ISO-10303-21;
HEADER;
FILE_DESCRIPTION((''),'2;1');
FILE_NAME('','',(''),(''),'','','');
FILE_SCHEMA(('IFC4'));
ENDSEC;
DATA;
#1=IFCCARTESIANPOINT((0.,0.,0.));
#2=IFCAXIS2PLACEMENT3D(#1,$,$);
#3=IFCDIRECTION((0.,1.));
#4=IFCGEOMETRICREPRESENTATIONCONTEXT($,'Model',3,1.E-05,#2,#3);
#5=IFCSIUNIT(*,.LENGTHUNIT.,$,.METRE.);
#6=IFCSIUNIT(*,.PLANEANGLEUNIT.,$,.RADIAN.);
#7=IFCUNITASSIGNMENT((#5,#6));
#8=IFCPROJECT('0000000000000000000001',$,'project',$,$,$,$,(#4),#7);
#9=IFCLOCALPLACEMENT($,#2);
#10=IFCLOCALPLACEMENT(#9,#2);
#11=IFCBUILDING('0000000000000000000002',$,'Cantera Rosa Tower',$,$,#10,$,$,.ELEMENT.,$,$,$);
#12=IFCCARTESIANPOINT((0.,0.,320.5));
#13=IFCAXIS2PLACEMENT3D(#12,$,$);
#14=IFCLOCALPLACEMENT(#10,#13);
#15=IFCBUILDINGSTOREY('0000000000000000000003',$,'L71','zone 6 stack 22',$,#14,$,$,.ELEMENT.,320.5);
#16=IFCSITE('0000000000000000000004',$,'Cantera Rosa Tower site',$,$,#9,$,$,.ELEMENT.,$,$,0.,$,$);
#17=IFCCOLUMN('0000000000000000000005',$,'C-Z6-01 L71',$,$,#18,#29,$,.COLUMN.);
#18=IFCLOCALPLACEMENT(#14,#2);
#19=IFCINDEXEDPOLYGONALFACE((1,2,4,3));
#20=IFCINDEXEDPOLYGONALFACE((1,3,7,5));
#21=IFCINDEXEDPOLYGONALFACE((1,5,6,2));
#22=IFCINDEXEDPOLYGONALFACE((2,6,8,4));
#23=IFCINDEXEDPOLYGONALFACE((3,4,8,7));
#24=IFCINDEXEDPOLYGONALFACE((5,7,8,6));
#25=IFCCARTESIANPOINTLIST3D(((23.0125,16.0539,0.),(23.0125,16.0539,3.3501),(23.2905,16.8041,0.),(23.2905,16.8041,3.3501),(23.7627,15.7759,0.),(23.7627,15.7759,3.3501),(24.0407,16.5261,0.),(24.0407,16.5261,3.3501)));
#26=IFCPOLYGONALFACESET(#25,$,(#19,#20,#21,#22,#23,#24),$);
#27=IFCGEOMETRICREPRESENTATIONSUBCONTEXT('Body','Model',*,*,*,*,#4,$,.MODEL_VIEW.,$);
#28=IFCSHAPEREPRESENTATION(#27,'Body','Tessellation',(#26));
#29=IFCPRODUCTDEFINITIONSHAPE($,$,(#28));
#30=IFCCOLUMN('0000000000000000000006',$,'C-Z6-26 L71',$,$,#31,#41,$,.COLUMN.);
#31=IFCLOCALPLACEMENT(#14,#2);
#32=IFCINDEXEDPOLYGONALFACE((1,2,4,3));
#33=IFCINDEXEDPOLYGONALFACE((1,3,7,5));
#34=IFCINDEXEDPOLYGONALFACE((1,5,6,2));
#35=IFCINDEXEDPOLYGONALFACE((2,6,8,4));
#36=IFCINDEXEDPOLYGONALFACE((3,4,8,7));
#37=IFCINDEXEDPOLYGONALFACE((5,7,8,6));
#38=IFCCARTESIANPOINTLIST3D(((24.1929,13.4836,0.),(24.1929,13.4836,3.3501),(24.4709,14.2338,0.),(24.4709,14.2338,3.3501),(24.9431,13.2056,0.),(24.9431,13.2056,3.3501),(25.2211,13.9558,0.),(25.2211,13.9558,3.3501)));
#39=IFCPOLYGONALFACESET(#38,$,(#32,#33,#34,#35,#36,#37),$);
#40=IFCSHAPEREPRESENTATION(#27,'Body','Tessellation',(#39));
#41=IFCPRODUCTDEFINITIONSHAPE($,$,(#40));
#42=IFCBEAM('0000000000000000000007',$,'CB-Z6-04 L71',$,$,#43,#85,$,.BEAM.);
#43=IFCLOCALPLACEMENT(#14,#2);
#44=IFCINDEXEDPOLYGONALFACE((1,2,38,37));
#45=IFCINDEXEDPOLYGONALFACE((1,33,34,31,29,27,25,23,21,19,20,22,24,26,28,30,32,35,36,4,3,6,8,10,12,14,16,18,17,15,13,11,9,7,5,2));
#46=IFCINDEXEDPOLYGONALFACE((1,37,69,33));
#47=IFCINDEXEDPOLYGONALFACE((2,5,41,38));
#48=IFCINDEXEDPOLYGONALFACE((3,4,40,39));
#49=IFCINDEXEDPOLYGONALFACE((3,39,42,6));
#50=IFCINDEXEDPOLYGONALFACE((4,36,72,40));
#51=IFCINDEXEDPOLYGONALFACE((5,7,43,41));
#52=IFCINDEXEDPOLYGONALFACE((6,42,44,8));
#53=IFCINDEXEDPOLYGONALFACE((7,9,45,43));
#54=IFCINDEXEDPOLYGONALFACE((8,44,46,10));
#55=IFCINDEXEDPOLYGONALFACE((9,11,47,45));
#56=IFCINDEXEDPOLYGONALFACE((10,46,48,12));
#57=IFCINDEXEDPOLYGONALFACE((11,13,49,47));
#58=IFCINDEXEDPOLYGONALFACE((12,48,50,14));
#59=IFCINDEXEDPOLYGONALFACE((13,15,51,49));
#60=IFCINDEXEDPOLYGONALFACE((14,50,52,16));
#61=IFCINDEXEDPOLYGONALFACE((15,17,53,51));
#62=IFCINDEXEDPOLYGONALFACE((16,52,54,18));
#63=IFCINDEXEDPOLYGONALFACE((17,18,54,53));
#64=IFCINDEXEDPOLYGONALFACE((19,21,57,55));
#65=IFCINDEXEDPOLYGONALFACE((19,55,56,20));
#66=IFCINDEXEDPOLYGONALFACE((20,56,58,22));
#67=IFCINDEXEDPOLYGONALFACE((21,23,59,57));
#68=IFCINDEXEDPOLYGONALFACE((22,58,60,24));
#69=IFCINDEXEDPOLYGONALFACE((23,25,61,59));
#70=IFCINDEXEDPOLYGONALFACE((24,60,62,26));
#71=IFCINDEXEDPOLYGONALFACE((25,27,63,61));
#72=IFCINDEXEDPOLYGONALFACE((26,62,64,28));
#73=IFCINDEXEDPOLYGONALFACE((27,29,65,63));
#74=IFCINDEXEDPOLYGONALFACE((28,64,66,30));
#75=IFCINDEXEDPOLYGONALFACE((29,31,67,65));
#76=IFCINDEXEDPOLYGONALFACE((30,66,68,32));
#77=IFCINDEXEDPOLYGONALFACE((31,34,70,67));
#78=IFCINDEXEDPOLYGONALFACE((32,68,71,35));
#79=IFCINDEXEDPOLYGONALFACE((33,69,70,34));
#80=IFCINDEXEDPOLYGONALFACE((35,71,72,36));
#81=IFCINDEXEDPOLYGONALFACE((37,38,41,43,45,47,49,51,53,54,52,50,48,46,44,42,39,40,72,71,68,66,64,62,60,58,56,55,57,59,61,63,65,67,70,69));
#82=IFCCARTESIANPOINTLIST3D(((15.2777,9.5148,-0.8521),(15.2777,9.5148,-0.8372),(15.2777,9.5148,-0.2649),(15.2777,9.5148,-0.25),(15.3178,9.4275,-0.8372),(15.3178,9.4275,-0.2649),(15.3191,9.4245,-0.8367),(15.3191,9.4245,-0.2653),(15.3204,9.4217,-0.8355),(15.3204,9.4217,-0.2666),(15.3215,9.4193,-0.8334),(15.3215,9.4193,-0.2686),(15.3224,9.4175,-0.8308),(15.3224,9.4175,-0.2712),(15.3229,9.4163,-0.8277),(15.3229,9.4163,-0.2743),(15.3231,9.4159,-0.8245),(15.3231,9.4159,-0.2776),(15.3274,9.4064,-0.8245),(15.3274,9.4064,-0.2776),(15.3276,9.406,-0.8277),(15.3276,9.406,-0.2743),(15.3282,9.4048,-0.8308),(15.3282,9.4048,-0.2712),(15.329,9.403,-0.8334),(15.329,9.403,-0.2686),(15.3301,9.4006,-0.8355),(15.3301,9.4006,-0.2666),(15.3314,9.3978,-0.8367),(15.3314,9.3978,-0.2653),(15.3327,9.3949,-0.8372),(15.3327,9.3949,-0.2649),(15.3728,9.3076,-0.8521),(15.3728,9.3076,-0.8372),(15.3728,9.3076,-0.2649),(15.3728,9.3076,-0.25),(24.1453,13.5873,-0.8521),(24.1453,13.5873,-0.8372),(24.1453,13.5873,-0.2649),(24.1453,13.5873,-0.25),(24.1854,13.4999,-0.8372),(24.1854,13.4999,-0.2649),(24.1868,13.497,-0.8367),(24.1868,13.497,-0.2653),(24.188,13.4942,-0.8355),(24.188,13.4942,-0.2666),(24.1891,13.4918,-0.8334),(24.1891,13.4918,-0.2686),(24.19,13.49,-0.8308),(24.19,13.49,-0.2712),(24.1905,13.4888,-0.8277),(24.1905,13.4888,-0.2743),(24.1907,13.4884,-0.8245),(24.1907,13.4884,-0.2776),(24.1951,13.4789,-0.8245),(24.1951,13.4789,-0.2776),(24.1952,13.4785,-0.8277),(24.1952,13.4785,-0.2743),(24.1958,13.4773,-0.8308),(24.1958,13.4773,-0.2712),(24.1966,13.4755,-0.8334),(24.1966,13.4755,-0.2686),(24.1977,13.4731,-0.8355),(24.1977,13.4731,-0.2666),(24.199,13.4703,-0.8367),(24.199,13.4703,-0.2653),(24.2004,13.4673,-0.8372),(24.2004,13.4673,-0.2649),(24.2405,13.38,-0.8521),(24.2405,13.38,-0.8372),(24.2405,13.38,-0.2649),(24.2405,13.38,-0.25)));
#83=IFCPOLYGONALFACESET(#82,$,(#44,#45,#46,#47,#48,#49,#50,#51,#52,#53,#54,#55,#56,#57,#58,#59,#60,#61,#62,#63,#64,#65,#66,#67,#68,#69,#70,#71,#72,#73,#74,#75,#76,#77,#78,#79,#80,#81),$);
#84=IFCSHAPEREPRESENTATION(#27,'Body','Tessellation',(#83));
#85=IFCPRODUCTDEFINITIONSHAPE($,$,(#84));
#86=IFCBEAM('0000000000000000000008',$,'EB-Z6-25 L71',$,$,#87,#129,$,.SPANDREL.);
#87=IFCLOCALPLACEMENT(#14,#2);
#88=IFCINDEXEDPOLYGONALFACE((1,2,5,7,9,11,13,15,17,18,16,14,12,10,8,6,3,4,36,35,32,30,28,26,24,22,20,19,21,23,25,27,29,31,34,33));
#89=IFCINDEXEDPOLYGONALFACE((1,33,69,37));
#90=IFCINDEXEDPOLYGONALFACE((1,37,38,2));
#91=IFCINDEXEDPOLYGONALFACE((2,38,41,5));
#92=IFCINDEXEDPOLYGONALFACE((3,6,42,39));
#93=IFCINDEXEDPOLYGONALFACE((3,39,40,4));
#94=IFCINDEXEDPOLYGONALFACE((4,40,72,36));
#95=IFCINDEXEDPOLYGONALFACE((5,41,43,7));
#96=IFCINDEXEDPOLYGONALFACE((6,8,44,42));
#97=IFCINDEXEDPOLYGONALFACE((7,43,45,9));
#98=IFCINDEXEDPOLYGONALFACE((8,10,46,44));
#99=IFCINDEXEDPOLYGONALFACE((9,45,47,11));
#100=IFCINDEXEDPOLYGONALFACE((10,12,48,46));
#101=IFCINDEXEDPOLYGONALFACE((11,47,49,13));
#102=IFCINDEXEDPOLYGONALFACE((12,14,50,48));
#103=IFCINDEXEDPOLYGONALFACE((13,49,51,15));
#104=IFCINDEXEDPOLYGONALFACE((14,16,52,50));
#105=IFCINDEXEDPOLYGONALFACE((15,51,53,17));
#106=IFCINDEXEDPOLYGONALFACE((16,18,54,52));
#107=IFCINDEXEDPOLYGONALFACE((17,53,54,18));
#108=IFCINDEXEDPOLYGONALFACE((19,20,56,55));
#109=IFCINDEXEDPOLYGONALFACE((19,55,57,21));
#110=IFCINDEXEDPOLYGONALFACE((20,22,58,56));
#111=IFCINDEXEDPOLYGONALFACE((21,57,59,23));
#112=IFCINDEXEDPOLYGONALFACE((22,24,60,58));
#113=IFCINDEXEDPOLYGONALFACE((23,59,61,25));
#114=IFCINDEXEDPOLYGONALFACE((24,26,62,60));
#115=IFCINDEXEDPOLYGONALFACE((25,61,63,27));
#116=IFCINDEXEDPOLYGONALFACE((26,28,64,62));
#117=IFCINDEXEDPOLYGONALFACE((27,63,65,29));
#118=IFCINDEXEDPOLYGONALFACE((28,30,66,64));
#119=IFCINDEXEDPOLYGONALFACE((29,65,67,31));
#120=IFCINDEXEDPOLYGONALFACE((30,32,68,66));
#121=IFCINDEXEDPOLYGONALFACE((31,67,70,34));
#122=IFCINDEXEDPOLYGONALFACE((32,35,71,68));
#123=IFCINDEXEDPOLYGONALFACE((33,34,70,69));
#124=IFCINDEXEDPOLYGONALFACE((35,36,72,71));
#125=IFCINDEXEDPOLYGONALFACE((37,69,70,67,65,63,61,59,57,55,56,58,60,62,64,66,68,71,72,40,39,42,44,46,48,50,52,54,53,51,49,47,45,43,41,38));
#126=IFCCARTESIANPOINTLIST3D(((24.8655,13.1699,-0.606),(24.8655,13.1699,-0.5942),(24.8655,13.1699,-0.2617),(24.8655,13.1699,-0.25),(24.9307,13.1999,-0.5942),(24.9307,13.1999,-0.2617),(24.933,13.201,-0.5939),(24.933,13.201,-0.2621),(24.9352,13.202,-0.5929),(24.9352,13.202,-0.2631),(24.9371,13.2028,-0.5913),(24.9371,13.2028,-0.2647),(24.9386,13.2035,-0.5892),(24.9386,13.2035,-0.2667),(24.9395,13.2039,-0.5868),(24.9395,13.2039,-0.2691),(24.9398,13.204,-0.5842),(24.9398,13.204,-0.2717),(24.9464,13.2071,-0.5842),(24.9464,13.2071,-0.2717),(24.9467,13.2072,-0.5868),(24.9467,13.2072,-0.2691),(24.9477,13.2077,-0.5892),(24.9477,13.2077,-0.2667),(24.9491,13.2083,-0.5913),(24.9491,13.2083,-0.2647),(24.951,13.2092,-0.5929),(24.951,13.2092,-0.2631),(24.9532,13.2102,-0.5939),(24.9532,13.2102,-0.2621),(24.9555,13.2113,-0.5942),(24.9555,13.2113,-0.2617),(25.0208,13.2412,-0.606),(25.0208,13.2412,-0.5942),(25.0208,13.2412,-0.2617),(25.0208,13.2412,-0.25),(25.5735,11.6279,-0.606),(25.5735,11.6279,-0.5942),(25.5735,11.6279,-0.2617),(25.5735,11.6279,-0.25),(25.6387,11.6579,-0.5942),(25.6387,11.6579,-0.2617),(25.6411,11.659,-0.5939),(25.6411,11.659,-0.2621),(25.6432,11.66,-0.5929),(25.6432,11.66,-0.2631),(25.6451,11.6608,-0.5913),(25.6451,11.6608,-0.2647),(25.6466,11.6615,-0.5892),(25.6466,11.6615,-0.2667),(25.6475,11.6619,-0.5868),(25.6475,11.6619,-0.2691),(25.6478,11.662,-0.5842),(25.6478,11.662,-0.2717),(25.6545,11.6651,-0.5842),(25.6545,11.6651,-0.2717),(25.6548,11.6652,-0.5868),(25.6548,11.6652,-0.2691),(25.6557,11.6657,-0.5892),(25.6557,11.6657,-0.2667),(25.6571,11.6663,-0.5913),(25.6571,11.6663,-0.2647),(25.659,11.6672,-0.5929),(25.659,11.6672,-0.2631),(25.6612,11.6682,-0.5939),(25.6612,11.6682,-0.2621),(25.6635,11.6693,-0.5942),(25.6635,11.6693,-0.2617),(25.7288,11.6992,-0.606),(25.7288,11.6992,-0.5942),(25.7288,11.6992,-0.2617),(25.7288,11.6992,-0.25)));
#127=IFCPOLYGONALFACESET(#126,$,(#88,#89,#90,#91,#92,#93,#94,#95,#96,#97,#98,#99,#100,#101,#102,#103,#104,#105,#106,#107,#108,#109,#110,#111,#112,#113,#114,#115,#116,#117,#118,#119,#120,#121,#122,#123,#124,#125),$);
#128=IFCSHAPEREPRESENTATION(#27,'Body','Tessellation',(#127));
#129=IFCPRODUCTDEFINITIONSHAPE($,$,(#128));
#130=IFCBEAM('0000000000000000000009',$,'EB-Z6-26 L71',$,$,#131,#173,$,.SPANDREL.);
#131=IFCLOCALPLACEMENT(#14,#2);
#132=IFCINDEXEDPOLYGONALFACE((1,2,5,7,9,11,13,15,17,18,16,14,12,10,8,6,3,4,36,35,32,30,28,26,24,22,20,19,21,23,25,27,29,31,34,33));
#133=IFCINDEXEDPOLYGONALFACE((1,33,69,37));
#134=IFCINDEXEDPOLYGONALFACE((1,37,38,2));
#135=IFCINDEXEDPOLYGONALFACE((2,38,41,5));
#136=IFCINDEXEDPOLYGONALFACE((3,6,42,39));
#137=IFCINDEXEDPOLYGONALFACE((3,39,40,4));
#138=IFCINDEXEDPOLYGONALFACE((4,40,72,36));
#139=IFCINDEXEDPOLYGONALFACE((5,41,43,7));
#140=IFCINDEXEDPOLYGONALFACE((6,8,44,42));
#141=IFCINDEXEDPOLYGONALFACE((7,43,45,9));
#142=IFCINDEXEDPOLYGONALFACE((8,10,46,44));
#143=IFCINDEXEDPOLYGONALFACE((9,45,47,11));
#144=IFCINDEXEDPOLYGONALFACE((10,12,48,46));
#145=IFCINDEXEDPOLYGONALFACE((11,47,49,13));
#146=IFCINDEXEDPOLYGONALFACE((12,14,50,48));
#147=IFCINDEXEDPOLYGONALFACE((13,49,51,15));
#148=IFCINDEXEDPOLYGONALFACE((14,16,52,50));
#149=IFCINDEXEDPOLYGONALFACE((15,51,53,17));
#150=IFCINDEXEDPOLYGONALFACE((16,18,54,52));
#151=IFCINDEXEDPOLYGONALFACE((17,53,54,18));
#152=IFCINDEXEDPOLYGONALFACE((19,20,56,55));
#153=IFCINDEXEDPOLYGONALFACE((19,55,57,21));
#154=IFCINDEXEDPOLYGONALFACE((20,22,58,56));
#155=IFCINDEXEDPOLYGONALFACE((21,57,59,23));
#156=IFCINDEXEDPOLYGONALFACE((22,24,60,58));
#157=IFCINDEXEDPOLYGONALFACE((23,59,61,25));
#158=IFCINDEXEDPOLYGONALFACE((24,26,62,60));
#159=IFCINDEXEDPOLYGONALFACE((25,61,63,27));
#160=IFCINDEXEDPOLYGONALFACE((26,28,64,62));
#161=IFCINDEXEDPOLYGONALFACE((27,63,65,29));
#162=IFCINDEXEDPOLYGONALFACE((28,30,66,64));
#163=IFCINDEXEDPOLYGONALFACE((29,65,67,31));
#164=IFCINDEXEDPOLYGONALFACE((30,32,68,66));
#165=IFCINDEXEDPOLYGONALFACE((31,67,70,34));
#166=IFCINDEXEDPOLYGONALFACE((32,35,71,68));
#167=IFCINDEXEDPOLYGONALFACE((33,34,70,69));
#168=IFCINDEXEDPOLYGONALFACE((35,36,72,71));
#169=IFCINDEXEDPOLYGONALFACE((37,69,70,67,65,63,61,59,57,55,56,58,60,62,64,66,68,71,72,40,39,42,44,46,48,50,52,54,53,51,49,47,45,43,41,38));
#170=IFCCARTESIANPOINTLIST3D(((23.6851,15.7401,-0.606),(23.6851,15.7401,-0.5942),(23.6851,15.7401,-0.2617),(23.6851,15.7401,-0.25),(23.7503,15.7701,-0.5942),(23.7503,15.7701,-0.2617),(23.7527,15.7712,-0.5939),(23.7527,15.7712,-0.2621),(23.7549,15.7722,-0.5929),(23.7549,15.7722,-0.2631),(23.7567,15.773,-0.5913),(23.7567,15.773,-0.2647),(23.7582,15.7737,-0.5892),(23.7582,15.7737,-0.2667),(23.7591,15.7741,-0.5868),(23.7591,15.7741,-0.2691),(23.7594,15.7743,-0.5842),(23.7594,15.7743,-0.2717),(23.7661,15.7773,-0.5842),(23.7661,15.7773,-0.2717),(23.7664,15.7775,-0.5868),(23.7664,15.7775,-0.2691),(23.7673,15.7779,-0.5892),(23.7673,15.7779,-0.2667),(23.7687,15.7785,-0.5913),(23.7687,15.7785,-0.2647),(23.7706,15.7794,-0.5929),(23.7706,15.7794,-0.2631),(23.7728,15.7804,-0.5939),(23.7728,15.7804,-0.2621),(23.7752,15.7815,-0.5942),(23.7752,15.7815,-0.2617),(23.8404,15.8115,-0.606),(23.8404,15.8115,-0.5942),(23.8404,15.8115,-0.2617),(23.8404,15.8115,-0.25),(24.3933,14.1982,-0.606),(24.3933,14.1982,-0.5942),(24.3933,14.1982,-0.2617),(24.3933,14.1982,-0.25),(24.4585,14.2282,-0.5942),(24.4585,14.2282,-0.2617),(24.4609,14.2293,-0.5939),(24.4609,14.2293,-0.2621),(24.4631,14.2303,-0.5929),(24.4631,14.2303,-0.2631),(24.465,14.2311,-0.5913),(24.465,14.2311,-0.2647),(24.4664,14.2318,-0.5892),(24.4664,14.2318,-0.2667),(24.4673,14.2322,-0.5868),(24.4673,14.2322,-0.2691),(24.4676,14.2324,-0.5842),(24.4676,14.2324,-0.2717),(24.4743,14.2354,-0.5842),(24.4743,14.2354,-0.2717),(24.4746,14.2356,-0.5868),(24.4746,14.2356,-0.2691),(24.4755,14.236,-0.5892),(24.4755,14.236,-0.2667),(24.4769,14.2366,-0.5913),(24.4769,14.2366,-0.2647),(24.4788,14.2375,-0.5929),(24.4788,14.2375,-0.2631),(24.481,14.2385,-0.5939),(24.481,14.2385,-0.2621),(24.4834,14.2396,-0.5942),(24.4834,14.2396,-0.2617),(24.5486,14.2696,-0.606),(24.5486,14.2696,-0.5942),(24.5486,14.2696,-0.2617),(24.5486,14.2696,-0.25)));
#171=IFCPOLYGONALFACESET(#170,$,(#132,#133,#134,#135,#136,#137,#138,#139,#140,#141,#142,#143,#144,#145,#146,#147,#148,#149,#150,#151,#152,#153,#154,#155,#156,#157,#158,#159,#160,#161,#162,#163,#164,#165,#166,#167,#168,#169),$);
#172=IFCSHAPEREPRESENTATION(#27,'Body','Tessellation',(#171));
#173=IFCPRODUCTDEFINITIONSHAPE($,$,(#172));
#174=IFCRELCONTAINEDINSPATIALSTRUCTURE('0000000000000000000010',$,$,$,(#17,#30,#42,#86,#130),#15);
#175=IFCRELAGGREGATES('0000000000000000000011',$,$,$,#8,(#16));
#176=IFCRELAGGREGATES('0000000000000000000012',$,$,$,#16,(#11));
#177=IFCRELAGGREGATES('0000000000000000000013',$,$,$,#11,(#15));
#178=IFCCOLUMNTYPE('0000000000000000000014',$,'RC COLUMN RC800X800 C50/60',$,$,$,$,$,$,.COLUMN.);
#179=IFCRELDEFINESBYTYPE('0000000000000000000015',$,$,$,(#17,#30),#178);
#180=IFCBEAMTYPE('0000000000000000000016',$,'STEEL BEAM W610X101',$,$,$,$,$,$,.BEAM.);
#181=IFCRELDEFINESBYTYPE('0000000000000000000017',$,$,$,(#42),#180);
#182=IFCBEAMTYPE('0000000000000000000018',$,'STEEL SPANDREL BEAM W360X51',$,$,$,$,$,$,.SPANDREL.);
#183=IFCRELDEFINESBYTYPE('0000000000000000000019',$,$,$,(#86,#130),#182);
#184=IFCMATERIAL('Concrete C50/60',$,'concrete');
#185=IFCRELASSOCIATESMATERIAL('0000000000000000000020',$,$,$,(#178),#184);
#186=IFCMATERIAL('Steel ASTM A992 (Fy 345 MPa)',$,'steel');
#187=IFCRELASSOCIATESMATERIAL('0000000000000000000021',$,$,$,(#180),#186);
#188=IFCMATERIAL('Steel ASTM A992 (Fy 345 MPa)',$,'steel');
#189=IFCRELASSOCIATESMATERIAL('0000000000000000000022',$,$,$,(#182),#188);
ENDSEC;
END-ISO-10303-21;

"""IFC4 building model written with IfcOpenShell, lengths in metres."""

from ifc_helpers import new_model, si_unit, direction, frame, origin, origin_2d, place, context, subcontext, project, spatial, rectangle, i_section, extrude, material, material_profile, profile_set, type_object, element, save


model = new_model("IFC4")

# Units and contexts
model_context = context("Model", 3, precision=1e-05, world=origin(), true_north=direction((0.0, 1.0)))
body_context = subcontext(model_context, "Body", "Model", "MODEL_VIEW")
ifc_project = project(units=[si_unit("LENGTHUNIT", "METRE"), si_unit("PLANEANGLEUNIT", "RADIAN")], contexts=[model_context])

# Site, building, storey
site_placement = place(None, origin())
site = spatial("IfcSite", under=ifc_project, at=site_placement, Name="Cantera Rosa Tower site", CompositionType="ELEMENT", RefElevation=0.0)
building_placement = place(site_placement, origin())
building = spatial("IfcBuilding", under=site, at=building_placement, Name="Cantera Rosa Tower", CompositionType="ELEMENT")
storey_placement = place(building_placement, frame((0.0, 0.0, 320.5)))
storey = spatial("IfcBuildingStorey", under=building, at=storey_placement, Name="L71", Description="zone 6 stack 22", CompositionType="ELEMENT", Elevation=320.5)

# Columns
ifc_material_1 = material(Name="Concrete C50/60", Category="concrete")
ifc_material_profile_1 = material_profile(ifc_material_1, rectangle(XDim=0.8, YDim=0.8, at=origin_2d()), Name="RC COLUMN RC800X800 C50/60")
ifc_profile_set_1 = profile_set([ifc_material_profile_1], Name="Concrete C50/60")
column_type = type_object("IfcColumnType", Name="RC COLUMN RC800X800 C50/60", PredefinedType="COLUMN", material=ifc_profile_set_1)
for number, where, z_axis, x_axis, name in (
    (1, (23.5266, 16.29, 0.0), (0.0, 0.0, 1.0), (0.347481, 0.937687, 0.0), "C-Z6-01 L71"),
    (2, (24.707, 13.7197, 0.0), (0.0, 0.0, 1.0), (0.347481, 0.937687, 0.0), "C-Z6-26 L71"),
):
    element("IfcColumn", number, at=place(storey_placement, frame(where, z_axis=z_axis, x_axis=x_axis)), inside=storey, type_object=column_type, Name=name, PredefinedType="COLUMN", context=body_context, shape_type="SweptSolid", body=[
        extrude(rectangle(XDim=0.8, YDim=0.8, at=origin_2d()), origin(), (0.0, 0.0, 1.0), 3.3501),
    ])

# Beams
ifc_material_2 = material(Name="Steel ASTM A992 (Fy 345 MPa)", Category="steel")
ifc_material_profile_2 = material_profile(ifc_material_2, i_section(OverallWidth=0.228, OverallDepth=0.6021, WebThickness=0.0105, FlangeThickness=0.0149, FilletRadius=0.0127, at=origin_2d()), Name="W610X101")
ifc_profile_set_2 = profile_set([ifc_material_profile_2], Name="Steel ASTM A992 (Fy 345 MPa)")
beam_type_1 = type_object("IfcBeamType", Name="STEEL BEAM W610X101", PredefinedType="BEAM", material=ifc_profile_set_2)
beam_1_placement = place(storey_placement, frame((24.1929, 13.4836, -0.551), z_axis=(-0.908748, -0.417346, 0.0), x_axis=(0.417346, -0.908748, 0.0)))
element("IfcBeam", 3, at=beam_1_placement, inside=storey, type_object=beam_type_1, Name="CB-Z6-04 L71", PredefinedType="BEAM", context=body_context, shape_type="SweptSolid", body=[
    extrude(i_section(OverallWidth=0.228, OverallDepth=0.6021, WebThickness=0.0105, FlangeThickness=0.0149, FilletRadius=0.0127, at=origin_2d()), origin(), (0.0, 0.0, 1.0), 9.7581),
])
ifc_material_3 = material(Name="Steel ASTM A992 (Fy 345 MPa)", Category="steel")
ifc_material_profile_3 = material_profile(ifc_material_3, i_section(OverallWidth=0.1709, OverallDepth=0.356, WebThickness=0.0073, FlangeThickness=0.0117, FilletRadius=0.01, at=origin_2d()), Name="W360X51")
ifc_profile_set_3 = profile_set([ifc_material_profile_3], Name="Steel ASTM A992 (Fy 345 MPa)")
beam_type_2 = type_object("IfcBeamType", Name="STEEL SPANDREL BEAM W360X51", PredefinedType="SPANDREL", material=ifc_profile_set_3)
for number, where, z_axis, x_axis, name in (
    (4, (25.6511, 11.6636, -0.428), (-0.417269, 0.908783, 0.0), (-0.908783, -0.417269, 0.0), "EB-Z6-25 L71"),
    (5, (24.4709, 14.2339, -0.428), (-0.417388, 0.908728, 0.0), (-0.908728, -0.417388, 0.0), "EB-Z6-26 L71"),
):
    element("IfcBeam", number, at=place(storey_placement, frame(where, z_axis=z_axis, x_axis=x_axis)), inside=storey, type_object=beam_type_2, Name=name, PredefinedType="SPANDREL", context=body_context, shape_type="SweptSolid", body=[
        extrude(i_section(OverallWidth=0.1709, OverallDepth=0.356, WebThickness=0.0073, FlangeThickness=0.0117, FilletRadius=0.01, at=origin_2d()), origin(), (0.0, 0.0, 1.0), 1.6968),
    ])

save(model, "model.ifc")
